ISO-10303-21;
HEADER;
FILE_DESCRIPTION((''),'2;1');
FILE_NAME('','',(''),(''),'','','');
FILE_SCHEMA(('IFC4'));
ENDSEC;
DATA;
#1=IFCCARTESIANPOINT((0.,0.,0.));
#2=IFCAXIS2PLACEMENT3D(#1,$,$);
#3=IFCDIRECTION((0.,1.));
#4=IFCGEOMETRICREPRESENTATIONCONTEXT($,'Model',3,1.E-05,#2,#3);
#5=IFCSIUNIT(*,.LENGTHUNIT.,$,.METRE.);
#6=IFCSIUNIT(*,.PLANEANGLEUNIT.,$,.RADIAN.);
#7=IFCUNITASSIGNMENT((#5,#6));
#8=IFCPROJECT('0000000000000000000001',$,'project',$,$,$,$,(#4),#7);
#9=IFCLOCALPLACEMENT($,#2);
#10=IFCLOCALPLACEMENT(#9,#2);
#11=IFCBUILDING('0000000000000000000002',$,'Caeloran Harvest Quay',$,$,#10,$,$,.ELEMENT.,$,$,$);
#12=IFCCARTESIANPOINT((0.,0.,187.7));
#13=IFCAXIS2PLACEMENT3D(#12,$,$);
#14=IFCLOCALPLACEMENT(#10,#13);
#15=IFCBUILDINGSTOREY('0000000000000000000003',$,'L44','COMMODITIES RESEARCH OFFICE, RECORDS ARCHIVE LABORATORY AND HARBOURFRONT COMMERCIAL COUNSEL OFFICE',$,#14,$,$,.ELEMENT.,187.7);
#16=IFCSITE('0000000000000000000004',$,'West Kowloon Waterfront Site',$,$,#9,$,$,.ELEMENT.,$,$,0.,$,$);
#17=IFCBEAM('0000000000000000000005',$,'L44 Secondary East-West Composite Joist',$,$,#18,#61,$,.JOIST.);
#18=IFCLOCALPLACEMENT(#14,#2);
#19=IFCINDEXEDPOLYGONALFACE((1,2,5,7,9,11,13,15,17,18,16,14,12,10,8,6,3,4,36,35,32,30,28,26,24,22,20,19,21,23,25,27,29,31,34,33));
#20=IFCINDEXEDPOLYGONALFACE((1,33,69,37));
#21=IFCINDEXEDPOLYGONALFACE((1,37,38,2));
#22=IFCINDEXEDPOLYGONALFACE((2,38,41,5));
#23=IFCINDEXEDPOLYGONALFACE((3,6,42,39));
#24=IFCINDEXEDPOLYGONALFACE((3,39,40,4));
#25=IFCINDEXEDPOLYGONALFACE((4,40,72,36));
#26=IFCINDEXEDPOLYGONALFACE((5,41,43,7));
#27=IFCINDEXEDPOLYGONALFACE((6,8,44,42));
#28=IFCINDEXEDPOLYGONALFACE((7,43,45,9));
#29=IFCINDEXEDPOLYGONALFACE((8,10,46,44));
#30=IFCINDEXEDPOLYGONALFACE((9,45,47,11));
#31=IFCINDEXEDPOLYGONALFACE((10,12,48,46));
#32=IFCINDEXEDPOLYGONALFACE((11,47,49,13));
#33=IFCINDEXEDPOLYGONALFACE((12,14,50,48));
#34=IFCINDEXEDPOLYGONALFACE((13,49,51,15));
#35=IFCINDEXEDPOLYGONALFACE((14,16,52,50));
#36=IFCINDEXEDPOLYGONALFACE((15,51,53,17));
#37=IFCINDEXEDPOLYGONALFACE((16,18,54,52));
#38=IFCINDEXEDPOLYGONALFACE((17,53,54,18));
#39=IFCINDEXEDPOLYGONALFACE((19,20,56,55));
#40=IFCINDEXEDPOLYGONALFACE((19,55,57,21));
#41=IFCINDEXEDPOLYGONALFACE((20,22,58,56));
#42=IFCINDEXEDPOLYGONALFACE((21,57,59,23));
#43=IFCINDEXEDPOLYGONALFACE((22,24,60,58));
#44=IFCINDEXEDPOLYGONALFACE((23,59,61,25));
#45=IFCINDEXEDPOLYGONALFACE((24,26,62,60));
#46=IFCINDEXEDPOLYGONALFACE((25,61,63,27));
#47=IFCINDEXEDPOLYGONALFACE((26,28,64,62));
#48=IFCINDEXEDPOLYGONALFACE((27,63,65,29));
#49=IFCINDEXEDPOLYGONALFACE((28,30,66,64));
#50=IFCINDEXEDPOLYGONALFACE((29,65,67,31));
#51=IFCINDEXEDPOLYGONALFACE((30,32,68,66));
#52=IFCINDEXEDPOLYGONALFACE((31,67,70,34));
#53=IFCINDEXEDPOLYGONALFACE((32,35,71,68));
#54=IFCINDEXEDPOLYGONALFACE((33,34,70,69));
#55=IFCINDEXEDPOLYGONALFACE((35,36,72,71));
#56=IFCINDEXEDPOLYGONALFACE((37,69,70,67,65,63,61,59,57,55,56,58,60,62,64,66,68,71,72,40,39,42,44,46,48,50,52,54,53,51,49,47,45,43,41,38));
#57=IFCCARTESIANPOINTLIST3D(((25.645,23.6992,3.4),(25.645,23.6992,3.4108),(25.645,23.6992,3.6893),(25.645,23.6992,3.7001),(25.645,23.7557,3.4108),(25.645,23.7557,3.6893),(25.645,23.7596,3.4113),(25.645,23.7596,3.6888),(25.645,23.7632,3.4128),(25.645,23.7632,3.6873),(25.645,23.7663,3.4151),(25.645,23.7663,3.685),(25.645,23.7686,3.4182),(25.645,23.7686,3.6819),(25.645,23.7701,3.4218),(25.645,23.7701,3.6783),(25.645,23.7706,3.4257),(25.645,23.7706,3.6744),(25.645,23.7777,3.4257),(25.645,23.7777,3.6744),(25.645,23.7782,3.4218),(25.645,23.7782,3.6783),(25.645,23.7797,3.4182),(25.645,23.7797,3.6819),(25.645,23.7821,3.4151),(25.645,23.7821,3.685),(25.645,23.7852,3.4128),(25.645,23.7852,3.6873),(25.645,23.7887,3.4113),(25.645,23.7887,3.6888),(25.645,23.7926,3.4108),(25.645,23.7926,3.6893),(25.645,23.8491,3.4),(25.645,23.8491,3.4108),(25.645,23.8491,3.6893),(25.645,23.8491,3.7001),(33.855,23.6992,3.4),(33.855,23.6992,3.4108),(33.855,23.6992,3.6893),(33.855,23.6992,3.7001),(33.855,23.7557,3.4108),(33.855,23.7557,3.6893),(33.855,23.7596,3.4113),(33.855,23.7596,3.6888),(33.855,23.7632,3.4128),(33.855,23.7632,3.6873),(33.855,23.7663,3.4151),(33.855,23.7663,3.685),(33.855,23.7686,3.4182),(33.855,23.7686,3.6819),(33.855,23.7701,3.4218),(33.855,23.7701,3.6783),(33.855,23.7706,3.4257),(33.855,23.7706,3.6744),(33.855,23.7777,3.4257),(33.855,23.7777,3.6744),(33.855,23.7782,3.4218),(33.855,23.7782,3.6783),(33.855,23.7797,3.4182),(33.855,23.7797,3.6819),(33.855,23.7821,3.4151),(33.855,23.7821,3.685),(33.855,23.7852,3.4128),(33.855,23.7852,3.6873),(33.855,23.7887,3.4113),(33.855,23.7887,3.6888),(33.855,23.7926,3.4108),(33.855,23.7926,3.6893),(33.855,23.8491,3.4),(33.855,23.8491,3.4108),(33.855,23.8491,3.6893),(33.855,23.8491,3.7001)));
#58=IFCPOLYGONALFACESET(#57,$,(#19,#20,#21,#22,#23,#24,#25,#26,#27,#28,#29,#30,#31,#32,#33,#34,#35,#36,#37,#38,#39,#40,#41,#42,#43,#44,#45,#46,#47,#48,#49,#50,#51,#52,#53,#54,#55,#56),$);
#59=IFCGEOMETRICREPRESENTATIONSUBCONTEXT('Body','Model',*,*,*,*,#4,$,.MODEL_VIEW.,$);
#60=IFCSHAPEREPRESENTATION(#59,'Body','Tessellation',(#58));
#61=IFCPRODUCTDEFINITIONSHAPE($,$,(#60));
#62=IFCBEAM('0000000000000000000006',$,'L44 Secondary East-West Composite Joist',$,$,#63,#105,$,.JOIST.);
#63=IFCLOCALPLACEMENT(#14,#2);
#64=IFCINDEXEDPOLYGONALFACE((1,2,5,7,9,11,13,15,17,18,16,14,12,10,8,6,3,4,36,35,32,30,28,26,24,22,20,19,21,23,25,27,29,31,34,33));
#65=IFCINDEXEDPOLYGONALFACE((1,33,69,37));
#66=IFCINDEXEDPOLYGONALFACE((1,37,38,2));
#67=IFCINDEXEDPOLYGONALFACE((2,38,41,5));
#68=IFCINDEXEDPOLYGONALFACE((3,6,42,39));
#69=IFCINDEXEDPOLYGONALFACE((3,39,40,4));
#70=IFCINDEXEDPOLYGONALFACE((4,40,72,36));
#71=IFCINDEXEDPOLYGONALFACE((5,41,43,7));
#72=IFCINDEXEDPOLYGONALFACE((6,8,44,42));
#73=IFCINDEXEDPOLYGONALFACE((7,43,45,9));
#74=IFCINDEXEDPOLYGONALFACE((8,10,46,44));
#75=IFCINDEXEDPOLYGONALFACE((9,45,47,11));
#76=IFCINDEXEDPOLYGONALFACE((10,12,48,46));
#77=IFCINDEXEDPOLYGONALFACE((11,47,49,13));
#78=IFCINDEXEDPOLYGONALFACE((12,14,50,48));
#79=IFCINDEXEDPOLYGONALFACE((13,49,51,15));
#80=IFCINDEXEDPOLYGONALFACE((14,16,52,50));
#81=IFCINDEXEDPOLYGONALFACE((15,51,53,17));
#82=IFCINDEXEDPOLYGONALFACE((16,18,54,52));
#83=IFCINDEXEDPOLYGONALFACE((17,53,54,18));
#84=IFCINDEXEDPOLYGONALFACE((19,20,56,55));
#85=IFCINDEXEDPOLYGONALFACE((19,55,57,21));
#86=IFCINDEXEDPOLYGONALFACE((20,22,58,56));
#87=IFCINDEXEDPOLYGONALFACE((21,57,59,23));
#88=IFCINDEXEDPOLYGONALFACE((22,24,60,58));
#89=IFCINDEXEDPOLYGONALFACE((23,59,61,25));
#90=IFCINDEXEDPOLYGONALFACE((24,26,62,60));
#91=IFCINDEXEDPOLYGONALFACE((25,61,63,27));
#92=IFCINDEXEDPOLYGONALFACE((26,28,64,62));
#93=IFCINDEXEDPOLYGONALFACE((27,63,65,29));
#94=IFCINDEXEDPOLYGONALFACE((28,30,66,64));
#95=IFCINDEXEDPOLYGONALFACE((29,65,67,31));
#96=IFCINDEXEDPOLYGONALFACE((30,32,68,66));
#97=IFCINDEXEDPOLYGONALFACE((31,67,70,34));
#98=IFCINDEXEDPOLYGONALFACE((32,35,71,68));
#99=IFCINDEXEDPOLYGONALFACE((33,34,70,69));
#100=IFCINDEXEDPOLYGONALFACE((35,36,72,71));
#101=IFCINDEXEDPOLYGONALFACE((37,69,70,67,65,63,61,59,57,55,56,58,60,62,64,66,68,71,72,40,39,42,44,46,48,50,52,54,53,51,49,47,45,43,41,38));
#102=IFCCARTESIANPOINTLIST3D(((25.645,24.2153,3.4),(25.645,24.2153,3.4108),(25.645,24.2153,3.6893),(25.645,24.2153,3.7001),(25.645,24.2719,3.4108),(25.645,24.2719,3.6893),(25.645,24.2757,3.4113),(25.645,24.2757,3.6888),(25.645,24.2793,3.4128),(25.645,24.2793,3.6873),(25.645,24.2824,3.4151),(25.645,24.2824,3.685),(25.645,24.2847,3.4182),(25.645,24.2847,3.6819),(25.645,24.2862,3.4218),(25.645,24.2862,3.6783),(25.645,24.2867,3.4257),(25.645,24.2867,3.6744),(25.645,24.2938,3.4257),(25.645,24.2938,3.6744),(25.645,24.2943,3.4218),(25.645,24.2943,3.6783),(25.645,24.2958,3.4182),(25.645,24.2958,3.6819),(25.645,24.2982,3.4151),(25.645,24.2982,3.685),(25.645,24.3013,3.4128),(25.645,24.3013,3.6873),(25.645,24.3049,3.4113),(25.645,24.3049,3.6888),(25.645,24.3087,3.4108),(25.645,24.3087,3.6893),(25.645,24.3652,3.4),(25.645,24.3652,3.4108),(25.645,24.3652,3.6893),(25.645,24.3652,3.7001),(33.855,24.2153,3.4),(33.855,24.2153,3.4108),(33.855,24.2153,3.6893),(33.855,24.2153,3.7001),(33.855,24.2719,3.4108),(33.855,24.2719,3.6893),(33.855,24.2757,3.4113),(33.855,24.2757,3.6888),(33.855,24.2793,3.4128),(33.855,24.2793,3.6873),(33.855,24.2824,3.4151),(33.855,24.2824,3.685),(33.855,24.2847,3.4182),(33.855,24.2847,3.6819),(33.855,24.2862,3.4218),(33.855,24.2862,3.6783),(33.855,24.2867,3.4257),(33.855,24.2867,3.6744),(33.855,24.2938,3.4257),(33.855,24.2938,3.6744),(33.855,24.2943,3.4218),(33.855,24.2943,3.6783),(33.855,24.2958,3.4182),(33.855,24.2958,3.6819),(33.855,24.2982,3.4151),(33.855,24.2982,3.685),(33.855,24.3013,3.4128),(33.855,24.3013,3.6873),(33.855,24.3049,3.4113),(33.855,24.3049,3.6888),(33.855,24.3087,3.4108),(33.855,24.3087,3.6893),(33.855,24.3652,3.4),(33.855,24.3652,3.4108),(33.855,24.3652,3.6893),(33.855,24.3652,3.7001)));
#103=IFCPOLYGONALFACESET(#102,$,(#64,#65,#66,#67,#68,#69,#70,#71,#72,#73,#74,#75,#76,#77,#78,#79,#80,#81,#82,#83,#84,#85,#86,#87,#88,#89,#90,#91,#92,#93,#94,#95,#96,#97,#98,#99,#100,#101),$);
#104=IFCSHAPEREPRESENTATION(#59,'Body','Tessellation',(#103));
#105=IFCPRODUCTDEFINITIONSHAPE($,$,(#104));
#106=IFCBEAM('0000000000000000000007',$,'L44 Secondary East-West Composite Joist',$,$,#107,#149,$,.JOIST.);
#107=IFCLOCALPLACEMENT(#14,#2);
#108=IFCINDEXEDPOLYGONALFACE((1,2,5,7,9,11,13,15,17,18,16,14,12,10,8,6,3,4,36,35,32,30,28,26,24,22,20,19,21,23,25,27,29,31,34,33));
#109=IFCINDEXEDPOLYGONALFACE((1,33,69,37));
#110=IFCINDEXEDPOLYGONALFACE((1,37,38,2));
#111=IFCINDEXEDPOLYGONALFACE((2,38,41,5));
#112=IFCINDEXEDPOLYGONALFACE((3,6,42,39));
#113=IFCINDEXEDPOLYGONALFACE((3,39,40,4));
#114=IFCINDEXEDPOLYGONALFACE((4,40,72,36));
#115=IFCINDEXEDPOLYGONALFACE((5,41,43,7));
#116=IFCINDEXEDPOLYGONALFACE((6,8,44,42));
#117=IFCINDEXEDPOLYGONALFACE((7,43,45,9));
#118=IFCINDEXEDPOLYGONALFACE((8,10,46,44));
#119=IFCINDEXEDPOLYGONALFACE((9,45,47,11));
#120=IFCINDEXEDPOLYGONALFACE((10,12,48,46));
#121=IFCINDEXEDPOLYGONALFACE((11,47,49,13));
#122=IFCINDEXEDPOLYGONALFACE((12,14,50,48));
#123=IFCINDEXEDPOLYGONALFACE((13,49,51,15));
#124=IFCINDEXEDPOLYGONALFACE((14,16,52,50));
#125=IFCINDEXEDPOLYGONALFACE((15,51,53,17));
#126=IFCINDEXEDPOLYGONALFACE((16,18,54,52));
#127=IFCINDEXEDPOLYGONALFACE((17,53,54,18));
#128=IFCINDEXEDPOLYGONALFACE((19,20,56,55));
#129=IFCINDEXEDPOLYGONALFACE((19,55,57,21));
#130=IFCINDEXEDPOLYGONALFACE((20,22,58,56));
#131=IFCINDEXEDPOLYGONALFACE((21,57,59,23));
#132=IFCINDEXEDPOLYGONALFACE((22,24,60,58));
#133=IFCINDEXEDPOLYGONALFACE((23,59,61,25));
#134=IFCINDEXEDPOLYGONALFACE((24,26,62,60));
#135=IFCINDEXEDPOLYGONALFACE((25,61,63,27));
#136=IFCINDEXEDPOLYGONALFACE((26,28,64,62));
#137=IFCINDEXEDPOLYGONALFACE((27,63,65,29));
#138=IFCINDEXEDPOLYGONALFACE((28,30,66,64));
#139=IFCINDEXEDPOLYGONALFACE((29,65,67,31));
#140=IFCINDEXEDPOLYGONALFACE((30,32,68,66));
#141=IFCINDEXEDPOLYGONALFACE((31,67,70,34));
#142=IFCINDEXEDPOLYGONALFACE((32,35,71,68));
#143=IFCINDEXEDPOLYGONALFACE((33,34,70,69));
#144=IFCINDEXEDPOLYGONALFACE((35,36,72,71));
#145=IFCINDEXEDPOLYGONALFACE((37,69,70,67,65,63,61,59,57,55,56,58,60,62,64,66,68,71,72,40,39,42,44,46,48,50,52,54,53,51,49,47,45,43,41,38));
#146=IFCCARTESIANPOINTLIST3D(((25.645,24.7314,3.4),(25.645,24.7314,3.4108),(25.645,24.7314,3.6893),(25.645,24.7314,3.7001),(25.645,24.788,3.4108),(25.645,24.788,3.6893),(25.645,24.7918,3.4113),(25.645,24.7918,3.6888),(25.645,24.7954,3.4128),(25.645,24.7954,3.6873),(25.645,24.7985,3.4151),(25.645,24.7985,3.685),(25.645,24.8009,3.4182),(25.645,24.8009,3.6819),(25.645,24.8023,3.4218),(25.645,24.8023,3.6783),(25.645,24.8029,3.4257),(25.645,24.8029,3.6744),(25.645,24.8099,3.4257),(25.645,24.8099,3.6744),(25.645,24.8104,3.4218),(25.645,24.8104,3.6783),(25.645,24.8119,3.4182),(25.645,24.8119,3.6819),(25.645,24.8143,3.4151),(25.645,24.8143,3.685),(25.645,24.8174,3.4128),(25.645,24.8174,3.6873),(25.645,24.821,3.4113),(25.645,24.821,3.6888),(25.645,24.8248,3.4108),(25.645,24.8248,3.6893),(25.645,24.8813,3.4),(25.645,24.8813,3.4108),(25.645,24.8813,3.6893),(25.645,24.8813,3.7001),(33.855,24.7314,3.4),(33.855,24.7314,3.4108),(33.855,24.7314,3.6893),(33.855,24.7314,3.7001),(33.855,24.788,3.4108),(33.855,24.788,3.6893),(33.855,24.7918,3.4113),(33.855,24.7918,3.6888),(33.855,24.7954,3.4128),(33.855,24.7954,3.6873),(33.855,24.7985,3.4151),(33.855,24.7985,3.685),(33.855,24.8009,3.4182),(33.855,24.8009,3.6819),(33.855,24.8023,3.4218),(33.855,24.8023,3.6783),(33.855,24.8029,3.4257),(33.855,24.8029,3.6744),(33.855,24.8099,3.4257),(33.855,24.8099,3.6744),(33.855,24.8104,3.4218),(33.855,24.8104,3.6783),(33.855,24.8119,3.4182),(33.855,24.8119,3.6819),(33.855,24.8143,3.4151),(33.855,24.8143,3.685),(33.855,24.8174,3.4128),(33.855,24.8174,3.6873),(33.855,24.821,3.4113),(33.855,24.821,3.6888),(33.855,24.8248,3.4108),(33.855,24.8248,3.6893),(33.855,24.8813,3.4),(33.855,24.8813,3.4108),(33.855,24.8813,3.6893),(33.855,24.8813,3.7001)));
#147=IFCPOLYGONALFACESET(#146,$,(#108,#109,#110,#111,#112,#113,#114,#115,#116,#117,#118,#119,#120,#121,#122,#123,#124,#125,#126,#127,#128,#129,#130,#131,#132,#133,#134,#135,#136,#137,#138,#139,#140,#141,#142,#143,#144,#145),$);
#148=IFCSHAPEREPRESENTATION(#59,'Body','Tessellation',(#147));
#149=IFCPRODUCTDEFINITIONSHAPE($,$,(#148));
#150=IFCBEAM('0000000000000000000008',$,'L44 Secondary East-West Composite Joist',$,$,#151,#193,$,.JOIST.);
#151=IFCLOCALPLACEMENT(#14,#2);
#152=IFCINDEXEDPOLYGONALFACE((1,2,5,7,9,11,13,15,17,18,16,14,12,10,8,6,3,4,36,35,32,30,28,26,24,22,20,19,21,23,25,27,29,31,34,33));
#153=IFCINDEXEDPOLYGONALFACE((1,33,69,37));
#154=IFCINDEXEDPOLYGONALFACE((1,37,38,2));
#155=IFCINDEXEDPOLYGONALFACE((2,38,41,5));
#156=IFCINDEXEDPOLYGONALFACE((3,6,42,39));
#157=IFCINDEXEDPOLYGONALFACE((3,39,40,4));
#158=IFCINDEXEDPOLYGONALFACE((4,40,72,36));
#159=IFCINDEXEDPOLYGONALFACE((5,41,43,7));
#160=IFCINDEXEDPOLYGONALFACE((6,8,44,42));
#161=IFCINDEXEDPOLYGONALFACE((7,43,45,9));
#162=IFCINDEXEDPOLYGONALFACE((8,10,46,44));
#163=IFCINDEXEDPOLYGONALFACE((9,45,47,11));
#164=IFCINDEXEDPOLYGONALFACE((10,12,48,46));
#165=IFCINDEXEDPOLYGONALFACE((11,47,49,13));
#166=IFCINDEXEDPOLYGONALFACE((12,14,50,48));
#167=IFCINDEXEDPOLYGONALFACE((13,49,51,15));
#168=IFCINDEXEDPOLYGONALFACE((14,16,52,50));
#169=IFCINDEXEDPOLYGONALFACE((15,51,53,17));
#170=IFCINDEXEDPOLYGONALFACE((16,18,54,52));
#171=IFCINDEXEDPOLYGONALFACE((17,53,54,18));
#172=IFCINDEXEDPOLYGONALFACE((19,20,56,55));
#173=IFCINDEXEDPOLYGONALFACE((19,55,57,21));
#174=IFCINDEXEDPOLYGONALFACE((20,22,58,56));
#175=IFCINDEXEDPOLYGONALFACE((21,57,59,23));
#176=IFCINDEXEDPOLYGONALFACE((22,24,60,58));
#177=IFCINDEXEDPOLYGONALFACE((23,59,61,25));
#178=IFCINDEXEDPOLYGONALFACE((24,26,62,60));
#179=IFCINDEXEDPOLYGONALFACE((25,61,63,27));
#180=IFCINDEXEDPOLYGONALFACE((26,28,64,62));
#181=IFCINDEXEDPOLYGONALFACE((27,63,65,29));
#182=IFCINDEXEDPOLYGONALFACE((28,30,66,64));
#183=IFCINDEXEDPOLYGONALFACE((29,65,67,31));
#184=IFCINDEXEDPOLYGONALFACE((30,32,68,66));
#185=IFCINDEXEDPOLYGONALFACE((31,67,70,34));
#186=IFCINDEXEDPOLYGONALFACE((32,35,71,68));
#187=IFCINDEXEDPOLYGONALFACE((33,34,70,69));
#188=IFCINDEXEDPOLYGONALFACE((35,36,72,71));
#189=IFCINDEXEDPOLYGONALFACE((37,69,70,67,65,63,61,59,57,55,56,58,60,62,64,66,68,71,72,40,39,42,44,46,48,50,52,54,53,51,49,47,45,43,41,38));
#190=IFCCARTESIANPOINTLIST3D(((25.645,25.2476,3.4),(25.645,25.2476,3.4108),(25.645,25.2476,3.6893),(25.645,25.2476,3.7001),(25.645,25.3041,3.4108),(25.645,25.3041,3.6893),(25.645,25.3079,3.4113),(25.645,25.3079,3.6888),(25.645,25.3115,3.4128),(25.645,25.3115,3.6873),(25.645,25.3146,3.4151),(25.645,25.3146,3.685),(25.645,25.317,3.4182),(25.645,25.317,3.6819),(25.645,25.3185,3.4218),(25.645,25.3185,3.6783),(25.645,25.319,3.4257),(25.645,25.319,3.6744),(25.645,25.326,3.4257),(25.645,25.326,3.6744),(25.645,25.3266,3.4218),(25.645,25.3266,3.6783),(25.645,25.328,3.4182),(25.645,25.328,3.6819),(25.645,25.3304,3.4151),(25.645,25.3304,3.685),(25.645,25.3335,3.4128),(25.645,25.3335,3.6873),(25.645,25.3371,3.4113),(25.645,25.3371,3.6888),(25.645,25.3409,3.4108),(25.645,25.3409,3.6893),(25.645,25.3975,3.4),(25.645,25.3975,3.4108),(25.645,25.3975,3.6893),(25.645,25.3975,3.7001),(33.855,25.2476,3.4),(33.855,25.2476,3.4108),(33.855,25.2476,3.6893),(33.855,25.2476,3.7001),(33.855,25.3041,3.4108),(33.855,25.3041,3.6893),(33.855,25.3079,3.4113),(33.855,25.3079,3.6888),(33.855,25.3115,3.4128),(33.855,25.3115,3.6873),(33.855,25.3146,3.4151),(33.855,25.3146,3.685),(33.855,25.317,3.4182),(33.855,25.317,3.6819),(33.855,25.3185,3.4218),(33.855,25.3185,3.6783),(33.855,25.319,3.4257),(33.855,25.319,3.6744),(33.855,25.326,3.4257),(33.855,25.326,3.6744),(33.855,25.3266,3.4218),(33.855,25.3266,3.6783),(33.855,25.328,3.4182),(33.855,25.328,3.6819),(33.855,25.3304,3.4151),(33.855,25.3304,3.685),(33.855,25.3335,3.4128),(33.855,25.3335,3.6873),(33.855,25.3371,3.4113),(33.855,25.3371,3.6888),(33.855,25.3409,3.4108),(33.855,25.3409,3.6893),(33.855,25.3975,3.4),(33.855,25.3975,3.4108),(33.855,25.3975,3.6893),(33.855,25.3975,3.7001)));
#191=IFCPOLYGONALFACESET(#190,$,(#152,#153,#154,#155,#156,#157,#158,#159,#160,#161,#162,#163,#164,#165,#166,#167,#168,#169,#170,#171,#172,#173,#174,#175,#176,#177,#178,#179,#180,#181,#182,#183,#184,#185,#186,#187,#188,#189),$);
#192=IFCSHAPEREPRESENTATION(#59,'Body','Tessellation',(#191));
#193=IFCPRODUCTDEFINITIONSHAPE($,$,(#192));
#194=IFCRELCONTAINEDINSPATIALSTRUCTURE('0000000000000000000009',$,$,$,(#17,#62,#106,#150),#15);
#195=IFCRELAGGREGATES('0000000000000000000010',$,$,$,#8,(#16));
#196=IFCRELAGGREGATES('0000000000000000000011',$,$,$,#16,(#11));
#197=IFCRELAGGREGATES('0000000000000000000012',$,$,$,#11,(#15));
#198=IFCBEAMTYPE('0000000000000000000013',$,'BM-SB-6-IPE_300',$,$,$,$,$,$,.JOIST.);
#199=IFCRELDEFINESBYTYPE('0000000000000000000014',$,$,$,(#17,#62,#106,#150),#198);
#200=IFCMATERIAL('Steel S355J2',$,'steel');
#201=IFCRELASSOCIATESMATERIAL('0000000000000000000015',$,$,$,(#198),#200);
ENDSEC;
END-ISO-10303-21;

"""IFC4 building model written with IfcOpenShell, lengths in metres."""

from ifc_helpers import new_model, si_unit, direction, frame, origin, origin_2d, place, context, subcontext, project, spatial, i_section, extrude, material, material_profile, profile_set, type_object, element, save


model = new_model("IFC4")

# Units and contexts
model_context = context("Model", 3, precision=1e-05, world=origin(), true_north=direction((0.0, 1.0)))
body_context = subcontext(model_context, "Body", "Model", "MODEL_VIEW")
ifc_project = project(units=[si_unit("LENGTHUNIT", "METRE"), si_unit("PLANEANGLEUNIT", "RADIAN")], contexts=[model_context])

# Site, building, storey
site_placement = place(None, origin())
site = spatial("IfcSite", under=ifc_project, at=site_placement, Name="West Kowloon Waterfront Site", CompositionType="ELEMENT", RefElevation=0.0)
building_placement = place(site_placement, origin())
building = spatial("IfcBuilding", under=site, at=building_placement, Name="Caeloran Harvest Quay", CompositionType="ELEMENT")
storey_placement = place(building_placement, frame((0.0, 0.0, 187.7)))
storey = spatial("IfcBuildingStorey", under=building, at=storey_placement, Name="L44", Description="COMMODITIES RESEARCH OFFICE, RECORDS ARCHIVE LABORATORY AND HARBOURFRONT COMMERCIAL COUNSEL OFFICE", CompositionType="ELEMENT", Elevation=187.7)

# Beams
ifc_material_1 = material(Name="Steel S355J2", Category="steel")
ifc_material_profile_1 = material_profile(ifc_material_1, i_section(OverallWidth=0.1499, OverallDepth=0.3, WebThickness=0.0071, FlangeThickness=0.0107, FilletRadius=0.0149, at=origin_2d()), Name="IPE 300")
ifc_profile_set_1 = profile_set([ifc_material_profile_1], Name="Steel S355J2")
beam_type_1 = type_object("IfcBeamType", Name="BM-SB-6-IPE_300", PredefinedType="JOIST", material=ifc_profile_set_1)
for number, where, z_axis, x_axis, name in (
    (1, (25.645, 23.7742, 3.55), (1.0, 0.0, 0.0), (0.0, 1.0, 0.0), "L44 Secondary East-West Composite Joist"),
    (2, (25.645, 24.2903, 3.55), (1.0, 0.0, 0.0), (0.0, 1.0, 0.0), "L44 Secondary East-West Composite Joist"),
    (3, (25.645, 24.8064, 3.55), (1.0, 0.0, 0.0), (0.0, 1.0, 0.0), "L44 Secondary East-West Composite Joist"),
    (4, (25.645, 25.3225, 3.55), (1.0, 0.0, 0.0), (0.0, 1.0, 0.0), "L44 Secondary East-West Composite Joist"),
):
    element("IfcBeam", number, at=place(storey_placement, frame(where, z_axis=z_axis, x_axis=x_axis)), inside=storey, type_object=beam_type_1, Name=name, PredefinedType="JOIST", context=body_context, shape_type="SweptSolid", body=[
        extrude(i_section(OverallWidth=0.1499, OverallDepth=0.3, WebThickness=0.0071, FlangeThickness=0.0107, FilletRadius=0.0149, at=origin_2d()), origin(), (0.0, 0.0, 1.0), 8.21),
    ])

save(model, "model.ifc")
